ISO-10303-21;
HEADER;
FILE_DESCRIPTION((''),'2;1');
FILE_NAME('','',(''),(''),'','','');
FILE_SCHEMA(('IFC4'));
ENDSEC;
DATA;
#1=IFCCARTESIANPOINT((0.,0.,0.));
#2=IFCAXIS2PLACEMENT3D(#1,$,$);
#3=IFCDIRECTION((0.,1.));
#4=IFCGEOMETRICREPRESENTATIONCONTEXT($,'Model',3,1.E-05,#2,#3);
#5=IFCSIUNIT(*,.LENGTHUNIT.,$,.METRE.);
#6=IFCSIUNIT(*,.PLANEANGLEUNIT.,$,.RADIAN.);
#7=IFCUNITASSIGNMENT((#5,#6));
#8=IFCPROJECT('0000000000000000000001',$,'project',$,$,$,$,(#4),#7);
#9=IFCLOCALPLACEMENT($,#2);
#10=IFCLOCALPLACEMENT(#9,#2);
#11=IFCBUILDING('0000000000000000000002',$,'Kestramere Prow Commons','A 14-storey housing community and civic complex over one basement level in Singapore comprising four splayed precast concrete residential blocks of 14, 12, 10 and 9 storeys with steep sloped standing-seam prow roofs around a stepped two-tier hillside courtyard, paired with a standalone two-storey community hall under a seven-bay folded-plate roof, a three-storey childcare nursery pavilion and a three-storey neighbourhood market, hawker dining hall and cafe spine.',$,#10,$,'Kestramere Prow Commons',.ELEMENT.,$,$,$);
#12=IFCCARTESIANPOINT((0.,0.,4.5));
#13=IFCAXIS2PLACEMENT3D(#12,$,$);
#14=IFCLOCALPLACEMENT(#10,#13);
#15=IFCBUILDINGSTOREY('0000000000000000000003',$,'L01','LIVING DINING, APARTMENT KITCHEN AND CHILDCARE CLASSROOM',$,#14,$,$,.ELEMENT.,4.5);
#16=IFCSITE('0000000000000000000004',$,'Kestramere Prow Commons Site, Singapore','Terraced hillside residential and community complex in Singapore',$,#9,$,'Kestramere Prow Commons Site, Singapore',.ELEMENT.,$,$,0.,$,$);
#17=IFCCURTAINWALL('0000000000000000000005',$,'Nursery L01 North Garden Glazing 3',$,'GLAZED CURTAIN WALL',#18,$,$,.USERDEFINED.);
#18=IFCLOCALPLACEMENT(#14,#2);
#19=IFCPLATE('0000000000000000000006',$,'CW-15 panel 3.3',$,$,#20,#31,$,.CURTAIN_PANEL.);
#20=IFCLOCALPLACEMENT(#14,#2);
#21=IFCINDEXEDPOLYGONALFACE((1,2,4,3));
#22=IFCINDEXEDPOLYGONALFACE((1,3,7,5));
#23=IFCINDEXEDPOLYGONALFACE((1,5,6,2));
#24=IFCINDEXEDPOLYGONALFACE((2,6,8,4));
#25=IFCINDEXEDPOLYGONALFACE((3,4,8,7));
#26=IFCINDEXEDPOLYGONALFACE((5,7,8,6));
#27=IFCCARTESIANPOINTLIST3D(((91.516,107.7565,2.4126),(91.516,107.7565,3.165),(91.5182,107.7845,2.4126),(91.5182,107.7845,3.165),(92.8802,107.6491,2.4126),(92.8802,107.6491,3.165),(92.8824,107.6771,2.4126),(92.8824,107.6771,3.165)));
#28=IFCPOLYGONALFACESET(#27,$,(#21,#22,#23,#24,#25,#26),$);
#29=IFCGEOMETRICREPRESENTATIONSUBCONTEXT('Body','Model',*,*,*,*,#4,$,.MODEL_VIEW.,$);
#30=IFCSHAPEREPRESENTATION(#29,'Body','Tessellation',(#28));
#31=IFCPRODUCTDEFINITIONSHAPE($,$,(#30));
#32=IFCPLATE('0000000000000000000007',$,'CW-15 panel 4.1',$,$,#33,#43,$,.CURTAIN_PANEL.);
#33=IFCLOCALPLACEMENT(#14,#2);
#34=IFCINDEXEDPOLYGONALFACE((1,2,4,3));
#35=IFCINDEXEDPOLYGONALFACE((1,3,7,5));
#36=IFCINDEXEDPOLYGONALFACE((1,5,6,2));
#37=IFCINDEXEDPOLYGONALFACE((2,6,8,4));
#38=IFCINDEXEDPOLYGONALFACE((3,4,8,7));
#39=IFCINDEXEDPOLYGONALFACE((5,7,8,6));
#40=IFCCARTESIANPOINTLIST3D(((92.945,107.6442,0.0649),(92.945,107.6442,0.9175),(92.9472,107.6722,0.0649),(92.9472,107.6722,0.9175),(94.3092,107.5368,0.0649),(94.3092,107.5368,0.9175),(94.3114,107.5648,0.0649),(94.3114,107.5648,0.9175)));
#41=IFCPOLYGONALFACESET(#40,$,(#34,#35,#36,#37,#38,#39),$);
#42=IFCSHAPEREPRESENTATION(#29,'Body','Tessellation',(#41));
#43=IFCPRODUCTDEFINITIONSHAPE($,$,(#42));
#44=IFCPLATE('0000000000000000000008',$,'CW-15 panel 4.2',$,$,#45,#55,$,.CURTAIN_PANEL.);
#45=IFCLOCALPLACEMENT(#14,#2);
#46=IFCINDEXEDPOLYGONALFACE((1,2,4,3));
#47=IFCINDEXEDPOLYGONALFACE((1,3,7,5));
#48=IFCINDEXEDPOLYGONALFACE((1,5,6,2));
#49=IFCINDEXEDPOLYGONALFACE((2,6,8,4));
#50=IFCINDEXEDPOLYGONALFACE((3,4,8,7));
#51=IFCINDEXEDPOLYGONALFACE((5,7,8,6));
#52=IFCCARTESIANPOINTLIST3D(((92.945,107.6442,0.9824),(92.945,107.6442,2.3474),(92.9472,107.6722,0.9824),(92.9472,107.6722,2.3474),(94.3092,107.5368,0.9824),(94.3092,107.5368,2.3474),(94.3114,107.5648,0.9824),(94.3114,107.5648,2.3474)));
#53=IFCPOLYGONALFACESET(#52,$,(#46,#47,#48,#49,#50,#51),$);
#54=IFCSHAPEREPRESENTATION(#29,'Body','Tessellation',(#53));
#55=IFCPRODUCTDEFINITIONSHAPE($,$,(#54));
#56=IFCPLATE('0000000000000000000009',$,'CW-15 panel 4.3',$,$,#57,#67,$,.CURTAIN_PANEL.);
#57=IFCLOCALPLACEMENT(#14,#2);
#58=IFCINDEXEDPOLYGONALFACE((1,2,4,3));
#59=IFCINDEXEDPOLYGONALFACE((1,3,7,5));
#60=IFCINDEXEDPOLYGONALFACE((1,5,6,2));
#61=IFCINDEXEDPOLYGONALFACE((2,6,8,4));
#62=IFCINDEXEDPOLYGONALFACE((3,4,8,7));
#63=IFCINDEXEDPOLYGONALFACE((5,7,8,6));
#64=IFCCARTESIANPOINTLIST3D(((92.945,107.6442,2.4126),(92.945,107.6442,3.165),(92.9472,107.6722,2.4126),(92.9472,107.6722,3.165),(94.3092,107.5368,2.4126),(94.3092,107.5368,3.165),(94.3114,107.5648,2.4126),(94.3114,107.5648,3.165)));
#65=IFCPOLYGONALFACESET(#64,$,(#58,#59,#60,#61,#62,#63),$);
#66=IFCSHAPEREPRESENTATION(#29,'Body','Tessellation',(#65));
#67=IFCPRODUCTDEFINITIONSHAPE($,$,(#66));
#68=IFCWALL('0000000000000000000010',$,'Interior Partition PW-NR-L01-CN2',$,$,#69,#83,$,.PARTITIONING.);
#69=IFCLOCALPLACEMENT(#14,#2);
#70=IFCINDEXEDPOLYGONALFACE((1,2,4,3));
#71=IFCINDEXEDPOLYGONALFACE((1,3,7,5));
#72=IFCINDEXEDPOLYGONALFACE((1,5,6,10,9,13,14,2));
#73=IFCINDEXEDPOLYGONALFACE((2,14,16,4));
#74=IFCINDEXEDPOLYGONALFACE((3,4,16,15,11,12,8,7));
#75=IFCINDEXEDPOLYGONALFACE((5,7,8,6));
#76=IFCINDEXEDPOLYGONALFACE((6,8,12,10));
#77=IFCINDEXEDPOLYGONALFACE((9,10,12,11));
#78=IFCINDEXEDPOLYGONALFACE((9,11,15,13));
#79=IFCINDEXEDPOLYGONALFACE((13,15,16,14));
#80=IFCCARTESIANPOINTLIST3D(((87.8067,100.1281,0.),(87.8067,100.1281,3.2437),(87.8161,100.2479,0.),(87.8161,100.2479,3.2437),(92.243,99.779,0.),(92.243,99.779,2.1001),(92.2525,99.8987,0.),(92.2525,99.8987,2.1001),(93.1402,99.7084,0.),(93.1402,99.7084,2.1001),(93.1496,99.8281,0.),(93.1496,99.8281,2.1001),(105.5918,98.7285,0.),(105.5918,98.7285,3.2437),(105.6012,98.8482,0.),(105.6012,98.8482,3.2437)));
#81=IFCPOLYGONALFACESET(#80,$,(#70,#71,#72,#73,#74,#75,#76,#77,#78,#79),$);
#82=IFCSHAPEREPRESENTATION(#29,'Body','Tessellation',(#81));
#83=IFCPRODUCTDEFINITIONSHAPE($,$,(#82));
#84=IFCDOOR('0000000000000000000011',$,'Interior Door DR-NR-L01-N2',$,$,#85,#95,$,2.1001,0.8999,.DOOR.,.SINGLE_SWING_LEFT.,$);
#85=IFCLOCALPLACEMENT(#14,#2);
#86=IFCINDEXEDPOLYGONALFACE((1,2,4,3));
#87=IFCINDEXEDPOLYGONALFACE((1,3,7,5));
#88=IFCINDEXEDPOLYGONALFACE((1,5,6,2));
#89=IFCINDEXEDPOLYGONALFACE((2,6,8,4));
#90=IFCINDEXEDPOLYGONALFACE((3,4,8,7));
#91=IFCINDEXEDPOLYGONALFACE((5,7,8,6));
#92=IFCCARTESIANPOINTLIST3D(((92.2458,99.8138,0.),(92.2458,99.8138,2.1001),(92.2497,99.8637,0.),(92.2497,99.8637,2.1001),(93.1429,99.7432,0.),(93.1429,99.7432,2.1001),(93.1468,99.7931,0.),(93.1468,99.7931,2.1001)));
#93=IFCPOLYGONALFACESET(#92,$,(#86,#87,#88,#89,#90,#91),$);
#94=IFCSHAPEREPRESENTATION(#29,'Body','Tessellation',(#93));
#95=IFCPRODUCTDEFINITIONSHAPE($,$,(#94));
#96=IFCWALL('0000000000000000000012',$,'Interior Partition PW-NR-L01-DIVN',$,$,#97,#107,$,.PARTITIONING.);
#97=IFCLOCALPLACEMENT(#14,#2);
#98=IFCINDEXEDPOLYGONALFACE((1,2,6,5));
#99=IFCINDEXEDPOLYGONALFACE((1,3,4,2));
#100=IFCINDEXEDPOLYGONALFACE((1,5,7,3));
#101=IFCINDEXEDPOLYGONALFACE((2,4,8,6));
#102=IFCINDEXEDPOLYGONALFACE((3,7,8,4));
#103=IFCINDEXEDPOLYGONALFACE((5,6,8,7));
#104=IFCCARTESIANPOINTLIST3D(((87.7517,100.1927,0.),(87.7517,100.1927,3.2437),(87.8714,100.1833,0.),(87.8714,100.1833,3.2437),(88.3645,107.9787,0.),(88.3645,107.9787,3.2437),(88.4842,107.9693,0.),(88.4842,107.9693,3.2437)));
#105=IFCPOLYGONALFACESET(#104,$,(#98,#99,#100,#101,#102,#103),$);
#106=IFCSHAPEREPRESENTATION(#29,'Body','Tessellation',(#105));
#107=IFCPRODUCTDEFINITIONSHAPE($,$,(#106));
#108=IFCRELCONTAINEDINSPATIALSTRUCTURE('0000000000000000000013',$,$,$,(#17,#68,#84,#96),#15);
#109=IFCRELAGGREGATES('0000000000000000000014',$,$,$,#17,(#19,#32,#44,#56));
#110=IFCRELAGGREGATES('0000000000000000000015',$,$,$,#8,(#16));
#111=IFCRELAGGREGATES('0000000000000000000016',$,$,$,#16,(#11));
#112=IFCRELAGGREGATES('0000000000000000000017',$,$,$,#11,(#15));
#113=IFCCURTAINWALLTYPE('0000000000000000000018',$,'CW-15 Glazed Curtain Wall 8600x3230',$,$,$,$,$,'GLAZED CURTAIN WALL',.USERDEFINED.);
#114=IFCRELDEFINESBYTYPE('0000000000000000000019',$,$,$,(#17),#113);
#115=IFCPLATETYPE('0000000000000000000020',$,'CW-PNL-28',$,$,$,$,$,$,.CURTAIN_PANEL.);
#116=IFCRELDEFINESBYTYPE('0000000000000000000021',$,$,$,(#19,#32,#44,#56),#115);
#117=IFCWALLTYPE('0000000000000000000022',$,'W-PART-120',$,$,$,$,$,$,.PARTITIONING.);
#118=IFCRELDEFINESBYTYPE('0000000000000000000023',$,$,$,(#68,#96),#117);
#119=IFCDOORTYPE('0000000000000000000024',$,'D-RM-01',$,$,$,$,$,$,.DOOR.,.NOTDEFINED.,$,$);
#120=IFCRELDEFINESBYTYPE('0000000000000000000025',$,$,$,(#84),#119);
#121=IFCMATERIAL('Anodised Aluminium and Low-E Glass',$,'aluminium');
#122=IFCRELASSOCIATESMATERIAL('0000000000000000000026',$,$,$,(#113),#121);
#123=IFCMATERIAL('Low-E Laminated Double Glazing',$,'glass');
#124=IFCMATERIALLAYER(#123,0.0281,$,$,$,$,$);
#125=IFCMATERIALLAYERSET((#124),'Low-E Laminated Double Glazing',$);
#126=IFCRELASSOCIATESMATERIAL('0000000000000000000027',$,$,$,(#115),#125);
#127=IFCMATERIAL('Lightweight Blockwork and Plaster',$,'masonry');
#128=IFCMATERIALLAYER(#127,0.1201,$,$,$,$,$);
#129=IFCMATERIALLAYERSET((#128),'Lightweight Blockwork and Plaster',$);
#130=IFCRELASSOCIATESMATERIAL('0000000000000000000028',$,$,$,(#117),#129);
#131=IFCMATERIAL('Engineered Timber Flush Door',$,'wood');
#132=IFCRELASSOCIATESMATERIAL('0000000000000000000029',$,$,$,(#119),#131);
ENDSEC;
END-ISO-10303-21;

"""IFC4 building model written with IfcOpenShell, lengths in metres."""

from ifc_helpers import new_model, si_unit, direction, frame, frame_2d, origin, origin_2d, place, context, subcontext, project, spatial, rectangle, extrude, material, layer, layer_set, type_object, element, fill, aggregate, save


model = new_model("IFC4")

# Units and contexts
model_context = context("Model", 3, precision=1e-05, world=origin(), true_north=direction((0.0, 1.0)))
body_context = subcontext(model_context, "Body", "Model", "MODEL_VIEW")
ifc_project = project(units=[si_unit("LENGTHUNIT", "METRE"), si_unit("PLANEANGLEUNIT", "RADIAN")], contexts=[model_context])

# Site, building, storey
site_placement = place(None, origin())
site = spatial("IfcSite", under=ifc_project, at=site_placement, Name="Kestramere Prow Commons Site, Singapore", Description="Terraced hillside residential and community complex in Singapore", LongName="Kestramere Prow Commons Site, Singapore", CompositionType="ELEMENT", RefElevation=0.0)
building_placement = place(site_placement, origin())
building = spatial("IfcBuilding", under=site, at=building_placement, Name="Kestramere Prow Commons", Description="A 14-storey housing community and civic complex over one basement level in Singapore comprising four splayed precast concrete residential blocks of 14, 12, 10 and 9 storeys with steep sloped standing-seam prow roofs around a stepped two-tier hillside courtyard, paired with a standalone two-storey community hall under a seven-bay folded-plate roof, a three-storey childcare nursery pavilion and a three-storey neighbourhood market, hawker dining hall and cafe spine.", LongName="Kestramere Prow Commons", CompositionType="ELEMENT")
storey_placement = place(building_placement, frame((0.0, 0.0, 4.5)))
storey = spatial("IfcBuildingStorey", under=building, at=storey_placement, Name="L01", Description="LIVING DINING, APARTMENT KITCHEN AND CHILDCARE CLASSROOM", CompositionType="ELEMENT", Elevation=4.5)

# Curtain wall
ifc_material_1 = material(Name="Anodised Aluminium and Low-E Glass", Category="aluminium")
curtain_wall_type = type_object("IfcCurtainWallType", Name="CW-15 Glazed Curtain Wall 8600x3230", ElementType="GLAZED CURTAIN WALL", PredefinedType="USERDEFINED", material=ifc_material_1)
curtain_wall_placement = place(storey_placement, origin())
curtain_wall = element("IfcCurtainWall", 1, at=curtain_wall_placement, inside=storey, type_object=curtain_wall_type, Name="Nursery L01 North Garden Glazing 3", ObjectType="GLAZED CURTAIN WALL", PredefinedType="USERDEFINED")

# Plates
ifc_material_2 = material(Name="Low-E Laminated Double Glazing", Category="glass")
ifc_layer_1 = layer(ifc_material_2, 0.0281)
ifc_layer_set_1 = layer_set([ifc_layer_1], Name="Low-E Laminated Double Glazing")
plate_type = type_object("IfcPlateType", Name="CW-PNL-28", PredefinedType="CURTAIN_PANEL", material=ifc_layer_set_1)
plate_1_placement = place(storey_placement, frame((92.1992, 107.7168, 2.4126), z_axis=(0.0, 0.0, 1.0), x_axis=(0.996917, -0.078459, 0.0)))
plate_1 = element("IfcPlate", 2, at=plate_1_placement, type_object=plate_type, Name="CW-15 panel 3.3", PredefinedType="CURTAIN_PANEL", context=body_context, shape_type="SweptSolid", body=[
    extrude(rectangle(XDim=1.3684, YDim=0.0281, at=origin_2d()), origin(), (0.0, 0.0, 1.0), 0.7524),
])
plate_2_placement = place(storey_placement, frame((93.6282, 107.6045, 0.0649), z_axis=(0.0, 0.0, 1.0), x_axis=(0.996917, -0.078459, 0.0)))
plate_2 = element("IfcPlate", 3, at=plate_2_placement, type_object=plate_type, Name="CW-15 panel 4.1", PredefinedType="CURTAIN_PANEL", context=body_context, shape_type="SweptSolid", body=[
    extrude(rectangle(XDim=1.3684, YDim=0.0281, at=origin_2d()), origin(), (0.0, 0.0, 1.0), 0.8525),
])
plate_3_placement = place(storey_placement, frame((93.6282, 107.6045, 0.9824), z_axis=(0.0, 0.0, 1.0), x_axis=(0.996917, -0.078459, 0.0)))
plate_3 = element("IfcPlate", 4, at=plate_3_placement, type_object=plate_type, Name="CW-15 panel 4.2", PredefinedType="CURTAIN_PANEL", context=body_context, shape_type="SweptSolid", body=[
    extrude(rectangle(XDim=1.3684, YDim=0.0281, at=origin_2d()), origin(), (0.0, 0.0, 1.0), 1.365),
])
plate_4_placement = place(storey_placement, frame((93.6282, 107.6045, 2.4126), z_axis=(0.0, 0.0, 1.0), x_axis=(0.996917, -0.078459, 0.0)))
plate_4 = element("IfcPlate", 5, at=plate_4_placement, type_object=plate_type, Name="CW-15 panel 4.3", PredefinedType="CURTAIN_PANEL", context=body_context, shape_type="SweptSolid", body=[
    extrude(rectangle(XDim=1.3684, YDim=0.0281, at=origin_2d()), origin(), (0.0, 0.0, 1.0), 0.7524),
])
aggregate(curtain_wall, [plate_1, plate_2, plate_3, plate_4])

# Wall, opening, door
ifc_material_3 = material(Name="Lightweight Blockwork and Plaster", Category="masonry")
ifc_layer_2 = layer(ifc_material_3, 0.1201)
ifc_layer_set_2 = layer_set([ifc_layer_2], Name="Lightweight Blockwork and Plaster")
wall_type = type_object("IfcWallType", Name="W-PART-120", PredefinedType="PARTITIONING", material=ifc_layer_set_2)
wall_1_placement = place(storey_placement, frame((87.8115, 100.188, 0.0), z_axis=(0.0, 0.0, 1.0), x_axis=(0.996918, -0.078456, 0.0)))
wall_1 = element("IfcWall", 6, at=wall_1_placement, inside=storey, type_object=wall_type, Name="Interior Partition PW-NR-L01-CN2", PredefinedType="PARTITIONING", context=body_context, shape_type="SweptSolid", body=[
    extrude(rectangle(XDim=17.8401, YDim=0.1201, at=frame_2d((8.9199, 0.0))), origin(), (0.0, 0.0, 1.0), 3.2437),
])
opening_placement = place(wall_1_placement, frame((4.45, 0.0, 0.0)))
opening = element("IfcOpeningElement", 7, at=opening_placement, cuts=wall_1, PredefinedType="OPENING", context=body_context, shape_type="SweptSolid", body=[
    extrude(rectangle(XDim=0.8999, YDim=2.1001, at=frame_2d((0.45, 1.05))), frame((0.0, 0.075, 0.0), z_axis=(0.0, -1.0, 0.0), x_axis=(1.0, 0.0, 0.0)), (0.0, 0.0, 1.0), 0.1501),
])
ifc_material_4 = material(Name="Engineered Timber Flush Door", Category="wood")
door_type = type_object("IfcDoorType", Name="D-RM-01", OperationType="NOTDEFINED", PredefinedType="DOOR", material=ifc_material_4)
door_placement = place(opening_placement, origin())
door = element("IfcDoor", 8, at=door_placement, inside=storey, type_object=door_type, Name="Interior Door DR-NR-L01-N2", OperationType="SINGLE_SWING_LEFT", OverallHeight=2.1001, OverallWidth=0.8999, PredefinedType="DOOR", context=body_context, shape_type="SweptSolid", body=[
    extrude(rectangle(XDim=0.8999, YDim=2.1001, at=frame_2d((0.45, 1.05))), frame((0.0, 0.0249, 0.0), z_axis=(0.0, -1.0, 0.0), x_axis=(1.0, 0.0, 0.0)), (0.0, 0.0, 1.0), 0.05),
])
fill(opening, door)

# Wall
wall_2_placement = place(storey_placement, frame((87.8115, 100.188, 0.0), z_axis=(0.0, 0.0, 1.0), x_axis=(0.078463, 0.996917, 0.0)))
element("IfcWall", 9, at=wall_2_placement, inside=storey, type_object=wall_type, Name="Interior Partition PW-NR-L01-DIVN", PredefinedType="PARTITIONING", context=body_context, shape_type="SweptSolid", body=[
    extrude(rectangle(XDim=7.8101, YDim=0.1201, at=frame_2d((3.905, 0.0))), origin(), (0.0, 0.0, 1.0), 3.2437),
])

save(model, "model.ifc")
